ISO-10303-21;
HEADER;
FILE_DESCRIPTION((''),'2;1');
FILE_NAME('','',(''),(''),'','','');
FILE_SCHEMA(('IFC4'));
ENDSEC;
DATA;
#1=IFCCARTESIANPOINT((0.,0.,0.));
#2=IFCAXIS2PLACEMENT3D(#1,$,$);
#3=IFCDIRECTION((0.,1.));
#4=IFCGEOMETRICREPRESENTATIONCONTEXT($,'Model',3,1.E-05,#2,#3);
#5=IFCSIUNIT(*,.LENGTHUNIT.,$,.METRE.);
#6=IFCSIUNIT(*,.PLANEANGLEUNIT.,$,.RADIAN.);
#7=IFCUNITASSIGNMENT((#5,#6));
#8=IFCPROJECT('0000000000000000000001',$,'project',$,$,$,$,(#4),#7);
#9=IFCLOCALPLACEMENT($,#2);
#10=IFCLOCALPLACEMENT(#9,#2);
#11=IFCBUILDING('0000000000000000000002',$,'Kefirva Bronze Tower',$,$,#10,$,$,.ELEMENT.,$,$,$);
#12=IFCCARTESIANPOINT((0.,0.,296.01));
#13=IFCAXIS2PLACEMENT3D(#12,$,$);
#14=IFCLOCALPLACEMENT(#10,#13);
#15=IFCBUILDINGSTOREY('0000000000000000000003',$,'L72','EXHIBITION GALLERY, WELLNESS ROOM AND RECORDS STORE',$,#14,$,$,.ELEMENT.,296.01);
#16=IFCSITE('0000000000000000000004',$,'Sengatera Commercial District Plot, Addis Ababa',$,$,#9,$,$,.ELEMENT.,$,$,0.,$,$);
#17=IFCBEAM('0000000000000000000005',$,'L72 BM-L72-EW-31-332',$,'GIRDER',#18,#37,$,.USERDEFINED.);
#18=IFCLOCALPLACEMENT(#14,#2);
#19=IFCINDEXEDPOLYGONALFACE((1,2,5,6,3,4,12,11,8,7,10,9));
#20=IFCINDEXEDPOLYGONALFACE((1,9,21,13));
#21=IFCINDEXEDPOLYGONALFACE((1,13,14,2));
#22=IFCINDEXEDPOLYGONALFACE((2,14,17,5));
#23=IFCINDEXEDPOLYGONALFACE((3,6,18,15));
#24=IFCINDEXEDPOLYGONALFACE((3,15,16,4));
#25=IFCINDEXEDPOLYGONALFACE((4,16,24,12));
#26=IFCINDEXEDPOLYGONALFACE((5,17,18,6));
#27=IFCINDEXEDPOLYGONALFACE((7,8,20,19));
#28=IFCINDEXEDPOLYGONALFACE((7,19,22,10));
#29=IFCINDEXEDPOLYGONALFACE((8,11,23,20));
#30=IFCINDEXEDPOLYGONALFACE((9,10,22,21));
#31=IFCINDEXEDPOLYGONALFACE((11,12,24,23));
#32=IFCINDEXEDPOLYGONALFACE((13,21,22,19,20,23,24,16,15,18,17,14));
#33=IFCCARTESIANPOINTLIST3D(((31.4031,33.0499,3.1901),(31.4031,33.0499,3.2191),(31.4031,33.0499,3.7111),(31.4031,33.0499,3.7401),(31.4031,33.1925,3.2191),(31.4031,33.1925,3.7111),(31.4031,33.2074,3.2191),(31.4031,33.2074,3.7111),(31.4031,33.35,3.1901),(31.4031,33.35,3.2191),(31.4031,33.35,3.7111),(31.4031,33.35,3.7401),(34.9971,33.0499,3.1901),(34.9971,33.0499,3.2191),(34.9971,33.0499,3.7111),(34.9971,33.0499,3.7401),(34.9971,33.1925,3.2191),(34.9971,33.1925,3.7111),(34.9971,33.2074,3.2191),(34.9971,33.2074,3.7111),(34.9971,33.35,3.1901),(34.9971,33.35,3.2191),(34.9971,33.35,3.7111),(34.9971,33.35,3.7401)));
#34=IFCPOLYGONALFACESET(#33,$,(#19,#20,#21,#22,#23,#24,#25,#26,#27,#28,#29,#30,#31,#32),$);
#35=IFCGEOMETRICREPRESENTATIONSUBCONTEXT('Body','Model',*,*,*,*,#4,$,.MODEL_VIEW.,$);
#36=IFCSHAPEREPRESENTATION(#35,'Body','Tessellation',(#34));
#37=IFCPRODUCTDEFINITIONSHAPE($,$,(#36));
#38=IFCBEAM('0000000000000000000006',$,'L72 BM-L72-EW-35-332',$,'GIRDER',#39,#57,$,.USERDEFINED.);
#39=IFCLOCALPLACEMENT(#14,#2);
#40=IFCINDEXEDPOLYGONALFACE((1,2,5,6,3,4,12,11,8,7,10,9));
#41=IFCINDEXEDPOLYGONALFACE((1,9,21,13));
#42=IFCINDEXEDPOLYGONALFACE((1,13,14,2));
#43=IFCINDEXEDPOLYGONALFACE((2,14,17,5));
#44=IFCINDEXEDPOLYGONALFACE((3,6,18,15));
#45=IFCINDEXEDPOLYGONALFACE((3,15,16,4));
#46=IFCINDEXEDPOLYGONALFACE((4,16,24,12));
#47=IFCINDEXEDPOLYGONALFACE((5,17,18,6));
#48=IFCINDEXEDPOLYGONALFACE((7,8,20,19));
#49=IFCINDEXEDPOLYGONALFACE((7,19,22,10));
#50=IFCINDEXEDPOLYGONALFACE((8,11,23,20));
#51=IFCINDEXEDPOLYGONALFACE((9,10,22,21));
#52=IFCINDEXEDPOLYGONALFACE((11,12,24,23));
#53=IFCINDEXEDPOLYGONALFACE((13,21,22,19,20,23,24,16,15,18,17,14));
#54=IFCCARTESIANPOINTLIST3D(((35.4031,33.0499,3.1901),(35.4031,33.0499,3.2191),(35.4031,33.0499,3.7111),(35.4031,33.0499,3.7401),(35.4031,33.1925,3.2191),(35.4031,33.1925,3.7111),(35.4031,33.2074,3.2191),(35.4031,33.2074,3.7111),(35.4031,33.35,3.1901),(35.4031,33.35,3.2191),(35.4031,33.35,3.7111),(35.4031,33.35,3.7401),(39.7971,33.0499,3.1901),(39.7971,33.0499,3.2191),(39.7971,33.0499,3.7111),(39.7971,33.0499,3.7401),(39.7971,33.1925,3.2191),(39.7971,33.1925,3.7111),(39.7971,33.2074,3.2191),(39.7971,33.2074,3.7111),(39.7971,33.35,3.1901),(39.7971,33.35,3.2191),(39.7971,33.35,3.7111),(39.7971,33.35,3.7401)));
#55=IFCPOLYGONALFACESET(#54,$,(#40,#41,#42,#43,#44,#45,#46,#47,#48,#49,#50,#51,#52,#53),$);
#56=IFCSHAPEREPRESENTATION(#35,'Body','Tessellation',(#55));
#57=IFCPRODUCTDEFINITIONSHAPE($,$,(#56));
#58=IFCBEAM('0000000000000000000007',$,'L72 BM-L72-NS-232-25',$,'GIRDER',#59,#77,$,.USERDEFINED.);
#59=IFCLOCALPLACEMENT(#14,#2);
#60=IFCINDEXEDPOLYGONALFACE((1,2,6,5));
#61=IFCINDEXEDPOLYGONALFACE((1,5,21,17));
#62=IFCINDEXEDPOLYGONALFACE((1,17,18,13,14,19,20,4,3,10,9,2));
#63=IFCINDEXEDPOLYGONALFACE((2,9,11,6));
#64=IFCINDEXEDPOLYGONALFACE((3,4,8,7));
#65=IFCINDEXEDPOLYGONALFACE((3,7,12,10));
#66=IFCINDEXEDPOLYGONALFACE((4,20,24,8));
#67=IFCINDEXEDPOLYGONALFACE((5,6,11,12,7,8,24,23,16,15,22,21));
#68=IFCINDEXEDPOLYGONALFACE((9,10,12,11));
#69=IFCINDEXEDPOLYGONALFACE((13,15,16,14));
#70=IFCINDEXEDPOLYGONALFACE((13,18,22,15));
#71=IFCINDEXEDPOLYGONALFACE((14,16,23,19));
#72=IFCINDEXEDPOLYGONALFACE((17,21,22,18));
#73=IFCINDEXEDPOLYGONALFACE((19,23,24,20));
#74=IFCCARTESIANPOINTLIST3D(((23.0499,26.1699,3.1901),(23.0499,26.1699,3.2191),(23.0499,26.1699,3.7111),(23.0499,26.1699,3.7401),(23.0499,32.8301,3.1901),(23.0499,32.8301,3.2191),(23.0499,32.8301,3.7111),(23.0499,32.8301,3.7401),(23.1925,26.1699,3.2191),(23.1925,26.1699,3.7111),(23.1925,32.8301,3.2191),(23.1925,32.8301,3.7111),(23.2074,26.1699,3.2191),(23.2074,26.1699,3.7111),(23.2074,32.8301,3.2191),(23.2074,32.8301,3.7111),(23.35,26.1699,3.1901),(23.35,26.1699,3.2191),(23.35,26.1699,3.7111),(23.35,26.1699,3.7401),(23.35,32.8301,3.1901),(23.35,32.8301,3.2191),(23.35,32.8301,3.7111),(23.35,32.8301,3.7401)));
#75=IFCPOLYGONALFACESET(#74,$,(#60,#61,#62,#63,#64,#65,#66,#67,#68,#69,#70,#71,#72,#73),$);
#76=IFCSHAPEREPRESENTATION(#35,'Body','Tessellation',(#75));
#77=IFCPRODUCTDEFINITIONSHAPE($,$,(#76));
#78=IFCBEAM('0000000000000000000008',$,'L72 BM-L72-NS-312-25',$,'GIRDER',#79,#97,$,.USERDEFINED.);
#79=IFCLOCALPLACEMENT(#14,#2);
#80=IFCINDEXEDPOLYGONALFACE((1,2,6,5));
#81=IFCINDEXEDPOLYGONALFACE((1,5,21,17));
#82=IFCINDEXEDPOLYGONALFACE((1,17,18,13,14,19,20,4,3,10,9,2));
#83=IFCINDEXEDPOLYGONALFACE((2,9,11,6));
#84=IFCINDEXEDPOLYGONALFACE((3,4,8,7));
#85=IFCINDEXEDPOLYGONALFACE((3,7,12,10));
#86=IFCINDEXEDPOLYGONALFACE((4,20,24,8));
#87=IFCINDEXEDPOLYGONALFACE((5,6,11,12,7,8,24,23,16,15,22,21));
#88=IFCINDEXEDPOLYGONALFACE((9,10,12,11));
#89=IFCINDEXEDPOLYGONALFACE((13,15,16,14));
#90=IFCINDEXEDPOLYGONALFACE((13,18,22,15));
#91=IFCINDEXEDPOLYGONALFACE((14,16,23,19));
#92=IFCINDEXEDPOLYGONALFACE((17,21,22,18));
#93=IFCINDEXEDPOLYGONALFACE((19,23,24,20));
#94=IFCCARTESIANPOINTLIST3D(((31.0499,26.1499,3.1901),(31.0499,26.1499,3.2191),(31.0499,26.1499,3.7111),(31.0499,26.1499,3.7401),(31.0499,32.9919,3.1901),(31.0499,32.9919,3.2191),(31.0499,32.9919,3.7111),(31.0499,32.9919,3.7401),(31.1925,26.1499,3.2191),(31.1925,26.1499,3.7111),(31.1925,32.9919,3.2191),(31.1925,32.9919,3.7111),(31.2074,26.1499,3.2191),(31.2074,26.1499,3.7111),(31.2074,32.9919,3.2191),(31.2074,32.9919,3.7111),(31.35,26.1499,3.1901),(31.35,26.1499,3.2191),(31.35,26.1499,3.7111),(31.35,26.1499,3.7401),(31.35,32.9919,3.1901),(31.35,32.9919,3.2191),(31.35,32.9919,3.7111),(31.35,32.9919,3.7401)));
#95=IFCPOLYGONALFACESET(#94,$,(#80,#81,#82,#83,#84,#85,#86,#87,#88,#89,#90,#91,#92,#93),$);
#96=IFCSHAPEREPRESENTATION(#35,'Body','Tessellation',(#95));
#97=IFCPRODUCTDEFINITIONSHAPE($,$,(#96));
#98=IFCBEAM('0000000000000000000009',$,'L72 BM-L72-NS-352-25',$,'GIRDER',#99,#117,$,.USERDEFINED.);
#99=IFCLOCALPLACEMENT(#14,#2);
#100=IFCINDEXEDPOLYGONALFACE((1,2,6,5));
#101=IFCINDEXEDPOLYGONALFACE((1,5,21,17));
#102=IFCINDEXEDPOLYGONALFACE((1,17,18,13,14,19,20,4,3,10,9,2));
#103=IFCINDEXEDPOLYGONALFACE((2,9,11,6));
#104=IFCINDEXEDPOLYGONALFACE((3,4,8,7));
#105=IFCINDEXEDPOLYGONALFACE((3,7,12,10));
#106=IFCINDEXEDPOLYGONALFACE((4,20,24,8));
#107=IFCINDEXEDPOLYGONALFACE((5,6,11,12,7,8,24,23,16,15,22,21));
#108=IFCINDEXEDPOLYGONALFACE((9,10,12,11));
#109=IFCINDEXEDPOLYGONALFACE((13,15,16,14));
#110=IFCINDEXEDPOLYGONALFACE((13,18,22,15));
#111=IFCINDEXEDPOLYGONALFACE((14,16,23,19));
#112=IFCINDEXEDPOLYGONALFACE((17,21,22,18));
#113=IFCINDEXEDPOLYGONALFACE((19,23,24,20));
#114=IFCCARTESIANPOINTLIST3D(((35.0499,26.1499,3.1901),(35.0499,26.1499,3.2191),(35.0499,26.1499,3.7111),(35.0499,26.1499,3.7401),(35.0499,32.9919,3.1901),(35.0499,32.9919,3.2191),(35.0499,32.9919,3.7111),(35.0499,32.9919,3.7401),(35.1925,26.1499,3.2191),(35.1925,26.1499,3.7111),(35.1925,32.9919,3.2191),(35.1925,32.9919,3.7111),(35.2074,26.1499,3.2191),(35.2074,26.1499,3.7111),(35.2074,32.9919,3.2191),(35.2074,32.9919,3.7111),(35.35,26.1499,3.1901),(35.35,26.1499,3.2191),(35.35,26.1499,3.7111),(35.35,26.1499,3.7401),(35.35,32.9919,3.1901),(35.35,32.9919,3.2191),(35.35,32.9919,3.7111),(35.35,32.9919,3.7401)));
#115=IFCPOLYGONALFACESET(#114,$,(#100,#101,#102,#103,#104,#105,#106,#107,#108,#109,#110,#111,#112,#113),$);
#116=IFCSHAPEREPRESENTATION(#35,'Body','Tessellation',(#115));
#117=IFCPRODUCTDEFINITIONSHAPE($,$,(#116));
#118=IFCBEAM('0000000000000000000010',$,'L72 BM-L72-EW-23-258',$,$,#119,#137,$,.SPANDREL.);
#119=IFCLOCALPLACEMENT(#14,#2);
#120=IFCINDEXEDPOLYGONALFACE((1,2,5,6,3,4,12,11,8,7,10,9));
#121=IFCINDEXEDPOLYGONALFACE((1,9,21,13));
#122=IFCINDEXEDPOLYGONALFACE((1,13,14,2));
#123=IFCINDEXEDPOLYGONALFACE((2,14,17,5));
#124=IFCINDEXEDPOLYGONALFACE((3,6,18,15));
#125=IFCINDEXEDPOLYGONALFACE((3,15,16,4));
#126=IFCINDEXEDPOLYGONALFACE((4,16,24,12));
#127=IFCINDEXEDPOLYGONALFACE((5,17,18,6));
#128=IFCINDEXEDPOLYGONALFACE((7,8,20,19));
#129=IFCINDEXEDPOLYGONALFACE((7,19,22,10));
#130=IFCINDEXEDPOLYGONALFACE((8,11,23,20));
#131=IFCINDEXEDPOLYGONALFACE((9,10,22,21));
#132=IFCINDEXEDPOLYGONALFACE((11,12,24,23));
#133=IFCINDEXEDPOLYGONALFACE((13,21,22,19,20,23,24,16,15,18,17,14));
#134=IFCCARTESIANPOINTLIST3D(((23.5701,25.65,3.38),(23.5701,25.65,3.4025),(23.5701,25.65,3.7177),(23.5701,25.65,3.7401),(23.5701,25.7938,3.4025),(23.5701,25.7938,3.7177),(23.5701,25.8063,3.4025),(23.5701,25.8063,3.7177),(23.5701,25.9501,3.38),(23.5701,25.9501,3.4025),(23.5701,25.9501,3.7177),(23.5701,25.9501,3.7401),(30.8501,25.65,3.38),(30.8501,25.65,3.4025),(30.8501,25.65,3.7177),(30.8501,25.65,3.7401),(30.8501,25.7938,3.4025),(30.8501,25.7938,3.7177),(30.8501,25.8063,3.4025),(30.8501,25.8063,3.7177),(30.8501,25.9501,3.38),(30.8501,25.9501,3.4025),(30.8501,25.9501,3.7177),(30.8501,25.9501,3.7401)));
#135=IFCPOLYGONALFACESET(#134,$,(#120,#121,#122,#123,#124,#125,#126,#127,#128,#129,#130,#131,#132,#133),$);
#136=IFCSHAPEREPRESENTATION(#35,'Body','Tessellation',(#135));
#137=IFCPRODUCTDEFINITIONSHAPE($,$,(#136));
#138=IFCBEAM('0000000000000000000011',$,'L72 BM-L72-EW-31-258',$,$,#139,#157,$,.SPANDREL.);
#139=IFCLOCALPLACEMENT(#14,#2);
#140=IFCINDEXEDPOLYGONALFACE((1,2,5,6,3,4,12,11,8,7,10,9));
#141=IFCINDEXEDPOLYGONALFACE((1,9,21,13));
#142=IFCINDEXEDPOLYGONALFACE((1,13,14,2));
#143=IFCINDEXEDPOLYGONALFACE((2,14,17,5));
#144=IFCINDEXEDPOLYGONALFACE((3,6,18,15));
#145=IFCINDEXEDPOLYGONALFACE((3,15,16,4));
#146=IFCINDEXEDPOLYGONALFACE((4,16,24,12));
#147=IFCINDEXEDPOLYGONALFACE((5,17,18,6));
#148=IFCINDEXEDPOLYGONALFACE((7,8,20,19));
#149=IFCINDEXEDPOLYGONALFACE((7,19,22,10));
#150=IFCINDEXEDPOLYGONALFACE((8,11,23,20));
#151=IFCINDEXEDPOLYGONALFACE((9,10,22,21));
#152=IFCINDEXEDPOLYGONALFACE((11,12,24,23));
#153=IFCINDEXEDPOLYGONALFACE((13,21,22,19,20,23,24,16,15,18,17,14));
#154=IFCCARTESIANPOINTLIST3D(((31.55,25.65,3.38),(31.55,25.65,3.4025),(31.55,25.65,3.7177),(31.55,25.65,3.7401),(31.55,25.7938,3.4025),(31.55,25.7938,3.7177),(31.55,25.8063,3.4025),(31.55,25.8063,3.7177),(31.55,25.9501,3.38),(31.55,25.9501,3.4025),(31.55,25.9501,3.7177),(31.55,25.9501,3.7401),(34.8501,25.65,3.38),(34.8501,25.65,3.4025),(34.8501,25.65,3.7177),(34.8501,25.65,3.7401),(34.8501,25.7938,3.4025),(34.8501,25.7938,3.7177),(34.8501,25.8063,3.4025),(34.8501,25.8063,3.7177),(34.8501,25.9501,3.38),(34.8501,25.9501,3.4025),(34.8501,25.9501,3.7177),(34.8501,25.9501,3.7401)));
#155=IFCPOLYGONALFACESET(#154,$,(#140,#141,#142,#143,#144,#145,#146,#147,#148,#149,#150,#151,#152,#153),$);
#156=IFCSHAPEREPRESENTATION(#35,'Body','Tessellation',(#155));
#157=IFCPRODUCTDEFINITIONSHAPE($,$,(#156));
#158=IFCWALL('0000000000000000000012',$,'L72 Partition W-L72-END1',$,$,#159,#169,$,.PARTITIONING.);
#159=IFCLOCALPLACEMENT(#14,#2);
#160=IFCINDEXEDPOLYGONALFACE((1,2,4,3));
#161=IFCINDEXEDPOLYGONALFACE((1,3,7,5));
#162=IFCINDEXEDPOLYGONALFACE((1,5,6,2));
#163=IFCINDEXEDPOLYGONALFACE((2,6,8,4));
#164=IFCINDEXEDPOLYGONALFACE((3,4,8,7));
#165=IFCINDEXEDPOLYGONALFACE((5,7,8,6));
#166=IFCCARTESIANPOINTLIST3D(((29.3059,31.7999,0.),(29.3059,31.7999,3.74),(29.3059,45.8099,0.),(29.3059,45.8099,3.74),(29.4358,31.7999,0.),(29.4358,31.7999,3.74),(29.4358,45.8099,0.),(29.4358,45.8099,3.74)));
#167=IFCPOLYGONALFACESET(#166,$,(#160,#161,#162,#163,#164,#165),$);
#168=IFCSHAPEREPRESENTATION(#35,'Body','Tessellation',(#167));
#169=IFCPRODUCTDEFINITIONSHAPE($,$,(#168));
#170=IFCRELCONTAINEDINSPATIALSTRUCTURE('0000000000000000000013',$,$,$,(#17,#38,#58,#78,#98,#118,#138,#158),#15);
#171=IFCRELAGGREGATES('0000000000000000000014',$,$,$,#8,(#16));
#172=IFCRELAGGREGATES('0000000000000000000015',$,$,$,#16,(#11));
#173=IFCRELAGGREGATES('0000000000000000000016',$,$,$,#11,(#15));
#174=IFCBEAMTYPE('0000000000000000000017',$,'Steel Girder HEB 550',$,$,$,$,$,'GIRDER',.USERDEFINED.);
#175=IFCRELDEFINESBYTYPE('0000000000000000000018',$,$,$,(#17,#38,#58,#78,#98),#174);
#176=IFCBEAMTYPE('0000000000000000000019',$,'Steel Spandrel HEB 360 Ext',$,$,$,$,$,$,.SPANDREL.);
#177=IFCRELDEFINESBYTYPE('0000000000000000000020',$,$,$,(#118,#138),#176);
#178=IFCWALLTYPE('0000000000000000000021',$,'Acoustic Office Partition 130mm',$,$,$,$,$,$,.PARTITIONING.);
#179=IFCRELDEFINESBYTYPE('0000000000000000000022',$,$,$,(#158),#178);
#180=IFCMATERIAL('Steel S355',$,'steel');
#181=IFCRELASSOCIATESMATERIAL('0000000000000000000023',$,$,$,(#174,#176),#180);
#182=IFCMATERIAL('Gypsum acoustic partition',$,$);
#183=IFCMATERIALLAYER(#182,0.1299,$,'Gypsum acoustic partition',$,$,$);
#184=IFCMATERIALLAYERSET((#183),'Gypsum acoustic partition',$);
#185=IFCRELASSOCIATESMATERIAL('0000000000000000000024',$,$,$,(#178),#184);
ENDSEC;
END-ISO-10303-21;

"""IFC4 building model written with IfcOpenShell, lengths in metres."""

from ifc_helpers import new_model, si_unit, direction, frame, frame_2d, origin, origin_2d, place, context, subcontext, project, spatial, rectangle, i_section, extrude, material, layer, layer_set, material_profile, profile_set, type_object, element, save


model = new_model("IFC4")

# Units and contexts
model_context = context("Model", 3, precision=1e-05, world=origin(), true_north=direction((0.0, 1.0)))
body_context = subcontext(model_context, "Body", "Model", "MODEL_VIEW")
ifc_project = project(units=[si_unit("LENGTHUNIT", "METRE"), si_unit("PLANEANGLEUNIT", "RADIAN")], contexts=[model_context])

# Site, building, storey
site_placement = place(None, origin())
site = spatial("IfcSite", under=ifc_project, at=site_placement, Name="Sengatera Commercial District Plot, Addis Ababa", CompositionType="ELEMENT", RefElevation=0.0)
building_placement = place(site_placement, origin())
building = spatial("IfcBuilding", under=site, at=building_placement, Name="Kefirva Bronze Tower", CompositionType="ELEMENT")
storey_placement = place(building_placement, frame((0.0, 0.0, 296.01)))
storey = spatial("IfcBuildingStorey", under=building, at=storey_placement, Name="L72", Description="EXHIBITION GALLERY, WELLNESS ROOM AND RECORDS STORE", CompositionType="ELEMENT", Elevation=296.01)

# Beams
ifc_material_1 = material(Name="Steel S355", Category="steel")
ifc_material_profile_1 = material_profile(ifc_material_1, i_section(OverallWidth=0.3, OverallDepth=0.55, WebThickness=0.0149, FlangeThickness=0.0291, at=origin_2d()), Name="HEB 550")
ifc_profile_set_1 = profile_set([ifc_material_profile_1], Name="Steel S355")
beam_type_1 = type_object("IfcBeamType", Name="Steel Girder HEB 550", ElementType="GIRDER", PredefinedType="USERDEFINED", material=ifc_profile_set_1)
beam_1_placement = place(storey_placement, frame((31.4031, 33.2, 3.4651), z_axis=(1.0, 0.0, 0.0), x_axis=(0.0, 1.0, 0.0)))
element("IfcBeam", 1, at=beam_1_placement, inside=storey, type_object=beam_type_1, Name="L72 BM-L72-EW-31-332", ObjectType="GIRDER", PredefinedType="USERDEFINED", context=body_context, shape_type="SweptSolid", body=[
    extrude(i_section(OverallWidth=0.3, OverallDepth=0.55, WebThickness=0.0149, FlangeThickness=0.0291, at=origin_2d()), origin(), (0.0, 0.0, 1.0), 3.594),
])
beam_2_placement = place(storey_placement, frame((35.4031, 33.2, 3.4651), z_axis=(1.0, 0.0, 0.0), x_axis=(0.0, 1.0, 0.0)))
element("IfcBeam", 2, at=beam_2_placement, inside=storey, type_object=beam_type_1, Name="L72 BM-L72-EW-35-332", ObjectType="GIRDER", PredefinedType="USERDEFINED", context=body_context, shape_type="SweptSolid", body=[
    extrude(i_section(OverallWidth=0.3, OverallDepth=0.55, WebThickness=0.0149, FlangeThickness=0.0291, at=origin_2d()), origin(), (0.0, 0.0, 1.0), 4.394),
])
beam_3_placement = place(storey_placement, frame((23.2, 26.1699, 3.4651), z_axis=(0.0, 1.0, 0.0), x_axis=(-1.0, 0.0, 0.0)))
element("IfcBeam", 3, at=beam_3_placement, inside=storey, type_object=beam_type_1, Name="L72 BM-L72-NS-232-25", ObjectType="GIRDER", PredefinedType="USERDEFINED", context=body_context, shape_type="SweptSolid", body=[
    extrude(i_section(OverallWidth=0.3, OverallDepth=0.55, WebThickness=0.0149, FlangeThickness=0.0291, at=origin_2d()), origin(), (0.0, 0.0, 1.0), 6.6602),
])
for number, where, z_axis, x_axis, name in (
    (4, (31.2, 26.1499, 3.4651), (0.0, 1.0, 0.0), (-1.0, 0.0, 0.0), "L72 BM-L72-NS-312-25"),
    (5, (35.2, 26.1499, 3.4651), (0.0, 1.0, 0.0), (-1.0, 0.0, 0.0), "L72 BM-L72-NS-352-25"),
):
    element("IfcBeam", number, at=place(storey_placement, frame(where, z_axis=z_axis, x_axis=x_axis)), inside=storey, type_object=beam_type_1, Name=name, ObjectType="GIRDER", PredefinedType="USERDEFINED", context=body_context, shape_type="SweptSolid", body=[
        extrude(i_section(OverallWidth=0.3, OverallDepth=0.55, WebThickness=0.0149, FlangeThickness=0.0291, at=origin_2d()), origin(), (0.0, 0.0, 1.0), 6.842),
    ])
ifc_material_profile_2 = material_profile(ifc_material_1, i_section(OverallWidth=0.3, OverallDepth=0.3601, WebThickness=0.0125, FlangeThickness=0.0225, at=origin_2d()), Name="HEB 360")
ifc_profile_set_2 = profile_set([ifc_material_profile_2], Name="Steel S355")
beam_type_2 = type_object("IfcBeamType", Name="Steel Spandrel HEB 360 Ext", PredefinedType="SPANDREL", material=ifc_profile_set_2)
beam_4_placement = place(storey_placement, frame((23.5701, 25.8, 3.5601), z_axis=(1.0, 0.0, 0.0), x_axis=(0.0, 1.0, 0.0)))
element("IfcBeam", 6, at=beam_4_placement, inside=storey, type_object=beam_type_2, Name="L72 BM-L72-EW-23-258", PredefinedType="SPANDREL", context=body_context, shape_type="SweptSolid", body=[
    extrude(i_section(OverallWidth=0.3, OverallDepth=0.3601, WebThickness=0.0125, FlangeThickness=0.0225, at=origin_2d()), origin(), (0.0, 0.0, 1.0), 7.28),
])
beam_5_placement = place(storey_placement, frame((31.55, 25.8, 3.5601), z_axis=(1.0, 0.0, 0.0), x_axis=(0.0, 1.0, 0.0)))
element("IfcBeam", 7, at=beam_5_placement, inside=storey, type_object=beam_type_2, Name="L72 BM-L72-EW-31-258", PredefinedType="SPANDREL", context=body_context, shape_type="SweptSolid", body=[
    extrude(i_section(OverallWidth=0.3, OverallDepth=0.3601, WebThickness=0.0125, FlangeThickness=0.0225, at=origin_2d()), origin(), (0.0, 0.0, 1.0), 3.3),
])

# Wall
ifc_material_2 = material(Name="Gypsum acoustic partition")
ifc_layer_1 = layer(ifc_material_2, 0.1299, Name="Gypsum acoustic partition")
ifc_layer_set_1 = layer_set([ifc_layer_1], Name="Gypsum acoustic partition")
wall_type_1 = type_object("IfcWallType", Name="Acoustic Office Partition 130mm", PredefinedType="PARTITIONING", material=ifc_layer_set_1)
wall_1_placement = place(storey_placement, frame((29.3708, 31.8, 0.0), z_axis=(0.0, 0.0, 1.0), x_axis=(0.0, 1.0, 0.0)))
element("IfcWall", 8, at=wall_1_placement, inside=storey, type_object=wall_type_1, Name="L72 Partition W-L72-END1", PredefinedType="PARTITIONING", context=body_context, shape_type="SweptSolid", body=[
    extrude(rectangle(XDim=14.01, YDim=0.1299, at=frame_2d((7.0049, 0.0))), origin(), (0.0, 0.0, 1.0), 3.74),
])

save(model, "model.ifc")
